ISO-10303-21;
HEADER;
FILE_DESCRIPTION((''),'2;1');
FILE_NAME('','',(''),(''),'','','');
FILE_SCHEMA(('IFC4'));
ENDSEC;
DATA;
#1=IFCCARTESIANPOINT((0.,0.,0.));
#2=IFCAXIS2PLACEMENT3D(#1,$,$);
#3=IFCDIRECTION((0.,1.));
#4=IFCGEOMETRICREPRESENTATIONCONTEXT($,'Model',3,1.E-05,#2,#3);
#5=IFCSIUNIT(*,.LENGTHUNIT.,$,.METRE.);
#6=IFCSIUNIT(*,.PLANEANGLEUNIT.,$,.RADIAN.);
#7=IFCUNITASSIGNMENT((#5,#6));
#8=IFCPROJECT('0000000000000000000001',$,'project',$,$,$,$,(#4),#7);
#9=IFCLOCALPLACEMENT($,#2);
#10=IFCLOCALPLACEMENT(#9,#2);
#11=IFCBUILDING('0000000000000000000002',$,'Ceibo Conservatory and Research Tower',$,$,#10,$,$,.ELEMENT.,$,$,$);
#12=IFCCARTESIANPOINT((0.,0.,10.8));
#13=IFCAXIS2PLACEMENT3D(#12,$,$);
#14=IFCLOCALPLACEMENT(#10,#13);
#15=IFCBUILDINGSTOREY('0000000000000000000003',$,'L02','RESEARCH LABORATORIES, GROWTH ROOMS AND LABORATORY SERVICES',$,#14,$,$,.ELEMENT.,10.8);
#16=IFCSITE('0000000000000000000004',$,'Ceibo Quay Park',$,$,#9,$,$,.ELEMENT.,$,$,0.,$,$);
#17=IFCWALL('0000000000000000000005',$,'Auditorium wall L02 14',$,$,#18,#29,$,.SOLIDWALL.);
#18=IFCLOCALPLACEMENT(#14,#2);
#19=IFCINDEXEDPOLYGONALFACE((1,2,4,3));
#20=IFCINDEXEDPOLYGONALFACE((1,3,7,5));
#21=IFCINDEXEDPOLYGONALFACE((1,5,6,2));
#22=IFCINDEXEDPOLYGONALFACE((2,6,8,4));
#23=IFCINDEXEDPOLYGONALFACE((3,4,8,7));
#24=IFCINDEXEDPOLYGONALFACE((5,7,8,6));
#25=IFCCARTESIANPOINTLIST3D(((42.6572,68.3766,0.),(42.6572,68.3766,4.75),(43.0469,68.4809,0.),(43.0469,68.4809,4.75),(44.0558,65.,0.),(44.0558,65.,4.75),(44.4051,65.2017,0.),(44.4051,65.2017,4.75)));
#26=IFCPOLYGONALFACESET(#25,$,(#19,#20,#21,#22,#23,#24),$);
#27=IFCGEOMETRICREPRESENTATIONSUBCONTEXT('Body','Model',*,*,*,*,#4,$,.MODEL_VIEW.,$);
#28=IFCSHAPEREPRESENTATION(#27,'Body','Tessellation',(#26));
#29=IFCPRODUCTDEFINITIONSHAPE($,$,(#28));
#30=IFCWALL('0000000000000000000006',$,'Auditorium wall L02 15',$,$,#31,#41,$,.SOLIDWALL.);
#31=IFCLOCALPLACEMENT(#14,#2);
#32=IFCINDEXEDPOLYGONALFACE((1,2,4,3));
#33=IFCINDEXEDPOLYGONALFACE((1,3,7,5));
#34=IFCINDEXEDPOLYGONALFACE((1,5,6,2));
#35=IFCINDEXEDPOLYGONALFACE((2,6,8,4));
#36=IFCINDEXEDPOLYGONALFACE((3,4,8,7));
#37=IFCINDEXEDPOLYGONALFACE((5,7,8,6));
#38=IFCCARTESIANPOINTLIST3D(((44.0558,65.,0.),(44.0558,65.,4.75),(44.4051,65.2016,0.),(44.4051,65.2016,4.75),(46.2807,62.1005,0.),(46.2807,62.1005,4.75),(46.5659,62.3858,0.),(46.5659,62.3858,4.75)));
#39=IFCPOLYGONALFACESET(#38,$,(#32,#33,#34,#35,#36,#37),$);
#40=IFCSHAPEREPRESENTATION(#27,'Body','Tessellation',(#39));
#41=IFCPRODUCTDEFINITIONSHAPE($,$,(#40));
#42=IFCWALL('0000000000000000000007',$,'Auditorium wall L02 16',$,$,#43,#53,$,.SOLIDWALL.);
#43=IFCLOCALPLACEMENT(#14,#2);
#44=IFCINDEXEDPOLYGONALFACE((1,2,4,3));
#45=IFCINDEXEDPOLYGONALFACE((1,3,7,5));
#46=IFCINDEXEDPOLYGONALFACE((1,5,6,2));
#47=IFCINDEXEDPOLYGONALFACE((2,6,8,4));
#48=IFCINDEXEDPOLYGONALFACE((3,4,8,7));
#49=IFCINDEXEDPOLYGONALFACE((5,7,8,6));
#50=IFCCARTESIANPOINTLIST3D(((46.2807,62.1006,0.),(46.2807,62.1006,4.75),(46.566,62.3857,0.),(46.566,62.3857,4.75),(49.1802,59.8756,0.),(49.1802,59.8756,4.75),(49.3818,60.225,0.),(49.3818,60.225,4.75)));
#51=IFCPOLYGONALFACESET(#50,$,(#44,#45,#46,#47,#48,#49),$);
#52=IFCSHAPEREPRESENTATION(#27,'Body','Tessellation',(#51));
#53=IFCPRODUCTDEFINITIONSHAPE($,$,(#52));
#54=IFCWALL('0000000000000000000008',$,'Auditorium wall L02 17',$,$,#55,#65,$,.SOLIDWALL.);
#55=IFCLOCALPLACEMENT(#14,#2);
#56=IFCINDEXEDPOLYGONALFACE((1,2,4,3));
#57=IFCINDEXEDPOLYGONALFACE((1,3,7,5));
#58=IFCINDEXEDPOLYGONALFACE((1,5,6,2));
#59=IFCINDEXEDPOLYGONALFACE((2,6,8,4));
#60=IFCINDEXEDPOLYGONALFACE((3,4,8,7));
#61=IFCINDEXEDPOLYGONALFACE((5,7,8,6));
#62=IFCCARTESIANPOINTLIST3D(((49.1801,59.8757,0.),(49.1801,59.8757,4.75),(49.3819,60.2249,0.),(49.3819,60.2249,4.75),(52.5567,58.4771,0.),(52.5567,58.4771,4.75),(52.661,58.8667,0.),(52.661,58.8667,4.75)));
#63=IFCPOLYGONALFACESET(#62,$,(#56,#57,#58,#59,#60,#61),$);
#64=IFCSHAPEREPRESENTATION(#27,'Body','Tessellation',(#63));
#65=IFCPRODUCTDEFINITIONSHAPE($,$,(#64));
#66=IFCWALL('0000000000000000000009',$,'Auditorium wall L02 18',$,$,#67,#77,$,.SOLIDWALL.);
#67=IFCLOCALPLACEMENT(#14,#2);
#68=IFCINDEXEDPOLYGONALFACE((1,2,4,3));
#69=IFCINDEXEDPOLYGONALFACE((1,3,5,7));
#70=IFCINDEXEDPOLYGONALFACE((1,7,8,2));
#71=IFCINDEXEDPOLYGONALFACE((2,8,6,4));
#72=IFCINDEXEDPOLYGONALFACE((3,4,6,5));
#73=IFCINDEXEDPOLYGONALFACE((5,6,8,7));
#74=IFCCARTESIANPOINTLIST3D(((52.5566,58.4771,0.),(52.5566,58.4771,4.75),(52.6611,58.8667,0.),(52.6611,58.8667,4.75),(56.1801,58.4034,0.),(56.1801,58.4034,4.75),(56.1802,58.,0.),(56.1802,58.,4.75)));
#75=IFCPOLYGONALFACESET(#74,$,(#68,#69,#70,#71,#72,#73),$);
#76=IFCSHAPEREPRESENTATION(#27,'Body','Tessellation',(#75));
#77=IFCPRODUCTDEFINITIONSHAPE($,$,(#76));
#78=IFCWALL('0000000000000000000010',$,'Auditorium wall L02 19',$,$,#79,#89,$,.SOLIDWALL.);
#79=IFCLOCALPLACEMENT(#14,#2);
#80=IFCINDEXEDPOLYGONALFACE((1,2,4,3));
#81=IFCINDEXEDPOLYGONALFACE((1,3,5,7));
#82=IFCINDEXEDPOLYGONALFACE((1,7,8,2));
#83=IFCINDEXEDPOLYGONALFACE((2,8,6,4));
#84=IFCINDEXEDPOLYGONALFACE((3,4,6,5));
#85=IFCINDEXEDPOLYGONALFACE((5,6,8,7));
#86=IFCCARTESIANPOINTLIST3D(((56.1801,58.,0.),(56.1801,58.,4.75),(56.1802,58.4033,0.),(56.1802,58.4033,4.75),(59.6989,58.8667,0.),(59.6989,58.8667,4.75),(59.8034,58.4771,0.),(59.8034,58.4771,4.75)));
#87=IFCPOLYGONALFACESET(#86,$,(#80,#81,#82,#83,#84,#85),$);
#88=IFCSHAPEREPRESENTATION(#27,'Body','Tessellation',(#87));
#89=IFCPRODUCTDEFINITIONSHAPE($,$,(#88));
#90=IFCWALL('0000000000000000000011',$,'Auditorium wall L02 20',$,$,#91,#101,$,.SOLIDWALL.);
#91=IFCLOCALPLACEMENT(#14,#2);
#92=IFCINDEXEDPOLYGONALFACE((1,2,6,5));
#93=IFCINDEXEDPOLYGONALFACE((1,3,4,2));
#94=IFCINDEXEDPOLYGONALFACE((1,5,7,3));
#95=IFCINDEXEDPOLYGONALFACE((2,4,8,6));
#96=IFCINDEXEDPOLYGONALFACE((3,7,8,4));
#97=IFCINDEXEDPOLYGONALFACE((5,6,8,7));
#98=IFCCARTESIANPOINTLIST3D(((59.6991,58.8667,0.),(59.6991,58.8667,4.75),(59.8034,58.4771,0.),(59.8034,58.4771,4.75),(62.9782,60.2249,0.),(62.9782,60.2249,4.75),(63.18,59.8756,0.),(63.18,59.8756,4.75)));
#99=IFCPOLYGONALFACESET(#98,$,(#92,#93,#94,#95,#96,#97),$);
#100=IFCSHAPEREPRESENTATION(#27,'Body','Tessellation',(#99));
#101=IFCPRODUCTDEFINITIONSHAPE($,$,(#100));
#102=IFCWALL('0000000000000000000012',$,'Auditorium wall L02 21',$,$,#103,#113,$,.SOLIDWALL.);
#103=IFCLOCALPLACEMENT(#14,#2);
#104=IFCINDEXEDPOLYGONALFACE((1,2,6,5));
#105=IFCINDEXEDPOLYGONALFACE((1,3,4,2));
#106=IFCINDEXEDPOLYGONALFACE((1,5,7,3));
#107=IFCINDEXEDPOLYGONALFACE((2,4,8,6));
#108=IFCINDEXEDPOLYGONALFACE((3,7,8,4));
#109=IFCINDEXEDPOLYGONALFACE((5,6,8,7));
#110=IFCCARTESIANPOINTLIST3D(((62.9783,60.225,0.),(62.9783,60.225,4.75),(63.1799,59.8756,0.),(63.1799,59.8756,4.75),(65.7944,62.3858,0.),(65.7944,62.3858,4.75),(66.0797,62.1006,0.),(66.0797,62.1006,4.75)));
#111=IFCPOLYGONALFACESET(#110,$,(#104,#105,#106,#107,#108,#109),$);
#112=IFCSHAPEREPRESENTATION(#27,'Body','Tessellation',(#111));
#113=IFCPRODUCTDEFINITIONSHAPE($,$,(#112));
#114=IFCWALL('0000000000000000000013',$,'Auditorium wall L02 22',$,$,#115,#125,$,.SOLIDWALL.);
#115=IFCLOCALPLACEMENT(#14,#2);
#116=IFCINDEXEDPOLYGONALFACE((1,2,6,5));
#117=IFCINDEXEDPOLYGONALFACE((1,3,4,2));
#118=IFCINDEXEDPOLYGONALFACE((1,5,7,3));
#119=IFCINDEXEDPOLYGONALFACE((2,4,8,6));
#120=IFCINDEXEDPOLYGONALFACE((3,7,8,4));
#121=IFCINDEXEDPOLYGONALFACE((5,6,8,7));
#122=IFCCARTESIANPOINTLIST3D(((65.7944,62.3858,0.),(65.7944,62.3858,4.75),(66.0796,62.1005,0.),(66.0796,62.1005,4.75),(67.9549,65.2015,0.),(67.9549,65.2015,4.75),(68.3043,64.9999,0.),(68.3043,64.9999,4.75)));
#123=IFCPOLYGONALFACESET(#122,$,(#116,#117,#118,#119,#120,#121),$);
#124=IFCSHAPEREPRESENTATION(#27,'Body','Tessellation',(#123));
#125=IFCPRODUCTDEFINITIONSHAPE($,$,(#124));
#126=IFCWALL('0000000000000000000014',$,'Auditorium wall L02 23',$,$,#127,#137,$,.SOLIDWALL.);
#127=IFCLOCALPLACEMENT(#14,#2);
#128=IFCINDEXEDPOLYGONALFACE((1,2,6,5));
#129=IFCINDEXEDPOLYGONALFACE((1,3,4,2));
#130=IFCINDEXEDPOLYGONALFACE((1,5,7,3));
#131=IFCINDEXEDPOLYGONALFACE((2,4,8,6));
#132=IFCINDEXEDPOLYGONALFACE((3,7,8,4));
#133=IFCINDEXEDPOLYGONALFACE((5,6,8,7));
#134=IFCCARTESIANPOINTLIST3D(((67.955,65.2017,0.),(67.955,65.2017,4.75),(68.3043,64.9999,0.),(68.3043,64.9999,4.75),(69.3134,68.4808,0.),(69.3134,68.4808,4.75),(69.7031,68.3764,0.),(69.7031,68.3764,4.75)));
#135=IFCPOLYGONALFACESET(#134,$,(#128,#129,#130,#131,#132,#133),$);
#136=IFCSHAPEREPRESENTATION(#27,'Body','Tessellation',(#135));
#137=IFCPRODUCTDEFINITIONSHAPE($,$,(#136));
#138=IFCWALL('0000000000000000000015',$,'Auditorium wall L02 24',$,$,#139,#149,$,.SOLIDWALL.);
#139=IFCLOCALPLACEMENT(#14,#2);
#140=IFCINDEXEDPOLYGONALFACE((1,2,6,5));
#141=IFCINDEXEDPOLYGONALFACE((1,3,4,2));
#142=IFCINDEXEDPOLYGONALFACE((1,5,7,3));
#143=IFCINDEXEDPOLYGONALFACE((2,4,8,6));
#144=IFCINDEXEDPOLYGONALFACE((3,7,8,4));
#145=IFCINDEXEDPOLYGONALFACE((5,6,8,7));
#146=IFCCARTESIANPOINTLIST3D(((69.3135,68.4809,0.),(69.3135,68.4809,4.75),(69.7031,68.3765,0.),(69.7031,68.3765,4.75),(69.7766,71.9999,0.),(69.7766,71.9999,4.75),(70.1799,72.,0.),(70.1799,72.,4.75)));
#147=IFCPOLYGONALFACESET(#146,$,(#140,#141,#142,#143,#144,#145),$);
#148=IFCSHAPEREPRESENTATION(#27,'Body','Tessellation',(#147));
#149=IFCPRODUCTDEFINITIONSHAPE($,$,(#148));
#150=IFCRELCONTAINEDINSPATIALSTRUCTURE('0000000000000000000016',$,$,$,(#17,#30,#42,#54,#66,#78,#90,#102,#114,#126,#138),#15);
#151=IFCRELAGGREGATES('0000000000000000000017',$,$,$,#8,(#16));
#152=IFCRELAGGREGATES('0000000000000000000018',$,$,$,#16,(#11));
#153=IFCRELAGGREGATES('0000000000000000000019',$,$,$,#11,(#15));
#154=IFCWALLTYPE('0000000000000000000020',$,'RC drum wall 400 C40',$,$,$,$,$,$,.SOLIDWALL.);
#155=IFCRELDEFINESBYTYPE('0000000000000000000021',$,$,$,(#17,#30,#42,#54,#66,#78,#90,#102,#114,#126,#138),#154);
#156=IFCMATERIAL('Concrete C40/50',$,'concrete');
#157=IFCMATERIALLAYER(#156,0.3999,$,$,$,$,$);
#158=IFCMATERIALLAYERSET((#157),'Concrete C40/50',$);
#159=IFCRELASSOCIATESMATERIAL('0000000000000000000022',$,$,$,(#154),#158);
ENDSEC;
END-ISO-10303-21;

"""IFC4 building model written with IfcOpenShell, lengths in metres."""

from ifc_helpers import new_model, si_unit, direction, frame, origin, place, context, subcontext, project, spatial, polyline, outline, extrude, material, layer, layer_set, type_object, element, save


model = new_model("IFC4")

# Units and contexts
model_context = context("Model", 3, precision=1e-05, world=origin(), true_north=direction((0.0, 1.0)))
body_context = subcontext(model_context, "Body", "Model", "MODEL_VIEW")
ifc_project = project(units=[si_unit("LENGTHUNIT", "METRE"), si_unit("PLANEANGLEUNIT", "RADIAN")], contexts=[model_context])

# Site, building, storey
site_placement = place(None, origin())
site = spatial("IfcSite", under=ifc_project, at=site_placement, Name="Ceibo Quay Park", CompositionType="ELEMENT", RefElevation=0.0)
building_placement = place(site_placement, origin())
building = spatial("IfcBuilding", under=site, at=building_placement, Name="Ceibo Conservatory and Research Tower", CompositionType="ELEMENT")
storey_placement = place(building_placement, frame((0.0, 0.0, 10.8)))
storey = spatial("IfcBuildingStorey", under=building, at=storey_placement, Name="L02", Description="RESEARCH LABORATORIES, GROWTH ROOMS AND LABORATORY SERVICES", CompositionType="ELEMENT", Elevation=10.8)

# Walls
ifc_material_1 = material(Name="Concrete C40/50", Category="concrete")
ifc_layer_1 = layer(ifc_material_1, 0.3999)
ifc_layer_set_1 = layer_set([ifc_layer_1], Name="Concrete C40/50")
wall_type = type_object("IfcWallType", Name="RC drum wall 400 C40", PredefinedType="SOLIDWALL", material=ifc_layer_set_1)
for number, where, z_axis, x_axis, name in (
    (1, (42.8521, 68.4287, 0.0), (0.0, 0.0, 1.0), (0.382675, -0.923883, 0.0), "Auditorium wall L02 14"),
    (2, (44.2305, 65.1008, 0.0), (0.0, 0.0, 1.0), (0.60878, -0.793339, 0.0), "Auditorium wall L02 15"),
    (3, (46.4233, 62.2432, 0.0), (0.0, 0.0, 1.0), (0.793339, -0.60878, 0.0), "Auditorium wall L02 16"),
    (4, (49.281, 60.0503, 0.0), (0.0, 0.0, 1.0), (0.923883, -0.382675, 0.0), "Auditorium wall L02 17"),
    (5, (52.6089, 58.6719, 0.0), (0.0, 0.0, 1.0), (0.991443, -0.130539, 0.0), "Auditorium wall L02 18"),
):
    element("IfcWall", number, at=place(storey_placement, frame(where, z_axis=z_axis, x_axis=x_axis)), inside=storey, type_object=wall_type, Name=name, PredefinedType="SOLIDWALL", context=body_context, shape_type="SweptSolid", body=[
        extrude(outline(polyline([(-0.0264, -0.2), (3.6284, -0.2), (3.5757, 0.2), (0.0264, 0.2), (-0.0264, -0.2)])), origin(), (0.0, 0.0, 1.0), 4.75),
    ])
wall_1_placement = place(storey_placement, frame((56.1802, 58.2017, 0.0), z_axis=(0.0, 0.0, 1.0), x_axis=(0.991442, 0.130547, 0.0)))
element("IfcWall", 6, at=wall_1_placement, inside=storey, type_object=wall_type, Name="Auditorium wall L02 19", PredefinedType="SOLIDWALL", context=body_context, shape_type="SweptSolid", body=[
    extrude(outline(polyline([(-0.0264, -0.2), (3.6282, -0.2), (3.5754, 0.2), (0.0264, 0.2), (-0.0264, -0.2)])), origin(), (0.0, 0.0, 1.0), 4.75),
])
wall_2_placement = place(storey_placement, frame((59.7512, 58.6719, 0.0), z_axis=(0.0, 0.0, 1.0), x_axis=(0.923883, 0.382675, 0.0)))
element("IfcWall", 7, at=wall_2_placement, inside=storey, type_object=wall_type, Name="Auditorium wall L02 20", PredefinedType="SOLIDWALL", context=body_context, shape_type="SweptSolid", body=[
    extrude(outline(polyline([(-0.0264, -0.2), (3.6284, -0.2), (3.5757, 0.2), (0.0264, 0.2), (-0.0264, -0.2)])), origin(), (0.0, 0.0, 1.0), 4.75),
])
wall_3_placement = place(storey_placement, frame((63.0791, 60.0503, 0.0), z_axis=(0.0, 0.0, 1.0), x_axis=(0.793364, 0.608747, 0.0)))
element("IfcWall", 8, at=wall_3_placement, inside=storey, type_object=wall_type, Name="Auditorium wall L02 21", PredefinedType="SOLIDWALL", context=body_context, shape_type="SweptSolid", body=[
    extrude(outline(polyline([(-0.0264, -0.2), (3.6287, -0.2), (3.5759, 0.2), (0.0264, 0.2), (-0.0264, -0.2)])), origin(), (0.0, 0.0, 1.0), 4.75),
])
wall_4_placement = place(storey_placement, frame((65.937, 62.2432, 0.0), z_axis=(0.0, 0.0, 1.0), x_axis=(0.608737, 0.793372, 0.0)))
element("IfcWall", 9, at=wall_4_placement, inside=storey, type_object=wall_type, Name="Auditorium wall L02 22", PredefinedType="SOLIDWALL", context=body_context, shape_type="SweptSolid", body=[
    extrude(outline(polyline([(-0.0264, -0.2), (3.6282, -0.2), (3.5754, 0.2), (0.0264, 0.2), (-0.0264, -0.2)])), origin(), (0.0, 0.0, 1.0), 4.75),
])
for number, where, z_axis, x_axis, name in (
    (10, (68.1296, 65.1008, 0.0), (0.0, 0.0, 1.0), (0.382733, 0.923859, 0.0), "Auditorium wall L02 23"),
    (11, (69.5083, 68.4287, 0.0), (0.0, 0.0, 1.0), (0.130472, 0.991452, 0.0), "Auditorium wall L02 24"),
):
    element("IfcWall", number, at=place(storey_placement, frame(where, z_axis=z_axis, x_axis=x_axis)), inside=storey, type_object=wall_type, Name=name, PredefinedType="SOLIDWALL", context=body_context, shape_type="SweptSolid", body=[
        extrude(outline(polyline([(-0.0264, -0.2), (3.6284, -0.2), (3.5757, 0.2), (0.0264, 0.2), (-0.0264, -0.2)])), origin(), (0.0, 0.0, 1.0), 4.75),
    ])

save(model, "model.ifc")
